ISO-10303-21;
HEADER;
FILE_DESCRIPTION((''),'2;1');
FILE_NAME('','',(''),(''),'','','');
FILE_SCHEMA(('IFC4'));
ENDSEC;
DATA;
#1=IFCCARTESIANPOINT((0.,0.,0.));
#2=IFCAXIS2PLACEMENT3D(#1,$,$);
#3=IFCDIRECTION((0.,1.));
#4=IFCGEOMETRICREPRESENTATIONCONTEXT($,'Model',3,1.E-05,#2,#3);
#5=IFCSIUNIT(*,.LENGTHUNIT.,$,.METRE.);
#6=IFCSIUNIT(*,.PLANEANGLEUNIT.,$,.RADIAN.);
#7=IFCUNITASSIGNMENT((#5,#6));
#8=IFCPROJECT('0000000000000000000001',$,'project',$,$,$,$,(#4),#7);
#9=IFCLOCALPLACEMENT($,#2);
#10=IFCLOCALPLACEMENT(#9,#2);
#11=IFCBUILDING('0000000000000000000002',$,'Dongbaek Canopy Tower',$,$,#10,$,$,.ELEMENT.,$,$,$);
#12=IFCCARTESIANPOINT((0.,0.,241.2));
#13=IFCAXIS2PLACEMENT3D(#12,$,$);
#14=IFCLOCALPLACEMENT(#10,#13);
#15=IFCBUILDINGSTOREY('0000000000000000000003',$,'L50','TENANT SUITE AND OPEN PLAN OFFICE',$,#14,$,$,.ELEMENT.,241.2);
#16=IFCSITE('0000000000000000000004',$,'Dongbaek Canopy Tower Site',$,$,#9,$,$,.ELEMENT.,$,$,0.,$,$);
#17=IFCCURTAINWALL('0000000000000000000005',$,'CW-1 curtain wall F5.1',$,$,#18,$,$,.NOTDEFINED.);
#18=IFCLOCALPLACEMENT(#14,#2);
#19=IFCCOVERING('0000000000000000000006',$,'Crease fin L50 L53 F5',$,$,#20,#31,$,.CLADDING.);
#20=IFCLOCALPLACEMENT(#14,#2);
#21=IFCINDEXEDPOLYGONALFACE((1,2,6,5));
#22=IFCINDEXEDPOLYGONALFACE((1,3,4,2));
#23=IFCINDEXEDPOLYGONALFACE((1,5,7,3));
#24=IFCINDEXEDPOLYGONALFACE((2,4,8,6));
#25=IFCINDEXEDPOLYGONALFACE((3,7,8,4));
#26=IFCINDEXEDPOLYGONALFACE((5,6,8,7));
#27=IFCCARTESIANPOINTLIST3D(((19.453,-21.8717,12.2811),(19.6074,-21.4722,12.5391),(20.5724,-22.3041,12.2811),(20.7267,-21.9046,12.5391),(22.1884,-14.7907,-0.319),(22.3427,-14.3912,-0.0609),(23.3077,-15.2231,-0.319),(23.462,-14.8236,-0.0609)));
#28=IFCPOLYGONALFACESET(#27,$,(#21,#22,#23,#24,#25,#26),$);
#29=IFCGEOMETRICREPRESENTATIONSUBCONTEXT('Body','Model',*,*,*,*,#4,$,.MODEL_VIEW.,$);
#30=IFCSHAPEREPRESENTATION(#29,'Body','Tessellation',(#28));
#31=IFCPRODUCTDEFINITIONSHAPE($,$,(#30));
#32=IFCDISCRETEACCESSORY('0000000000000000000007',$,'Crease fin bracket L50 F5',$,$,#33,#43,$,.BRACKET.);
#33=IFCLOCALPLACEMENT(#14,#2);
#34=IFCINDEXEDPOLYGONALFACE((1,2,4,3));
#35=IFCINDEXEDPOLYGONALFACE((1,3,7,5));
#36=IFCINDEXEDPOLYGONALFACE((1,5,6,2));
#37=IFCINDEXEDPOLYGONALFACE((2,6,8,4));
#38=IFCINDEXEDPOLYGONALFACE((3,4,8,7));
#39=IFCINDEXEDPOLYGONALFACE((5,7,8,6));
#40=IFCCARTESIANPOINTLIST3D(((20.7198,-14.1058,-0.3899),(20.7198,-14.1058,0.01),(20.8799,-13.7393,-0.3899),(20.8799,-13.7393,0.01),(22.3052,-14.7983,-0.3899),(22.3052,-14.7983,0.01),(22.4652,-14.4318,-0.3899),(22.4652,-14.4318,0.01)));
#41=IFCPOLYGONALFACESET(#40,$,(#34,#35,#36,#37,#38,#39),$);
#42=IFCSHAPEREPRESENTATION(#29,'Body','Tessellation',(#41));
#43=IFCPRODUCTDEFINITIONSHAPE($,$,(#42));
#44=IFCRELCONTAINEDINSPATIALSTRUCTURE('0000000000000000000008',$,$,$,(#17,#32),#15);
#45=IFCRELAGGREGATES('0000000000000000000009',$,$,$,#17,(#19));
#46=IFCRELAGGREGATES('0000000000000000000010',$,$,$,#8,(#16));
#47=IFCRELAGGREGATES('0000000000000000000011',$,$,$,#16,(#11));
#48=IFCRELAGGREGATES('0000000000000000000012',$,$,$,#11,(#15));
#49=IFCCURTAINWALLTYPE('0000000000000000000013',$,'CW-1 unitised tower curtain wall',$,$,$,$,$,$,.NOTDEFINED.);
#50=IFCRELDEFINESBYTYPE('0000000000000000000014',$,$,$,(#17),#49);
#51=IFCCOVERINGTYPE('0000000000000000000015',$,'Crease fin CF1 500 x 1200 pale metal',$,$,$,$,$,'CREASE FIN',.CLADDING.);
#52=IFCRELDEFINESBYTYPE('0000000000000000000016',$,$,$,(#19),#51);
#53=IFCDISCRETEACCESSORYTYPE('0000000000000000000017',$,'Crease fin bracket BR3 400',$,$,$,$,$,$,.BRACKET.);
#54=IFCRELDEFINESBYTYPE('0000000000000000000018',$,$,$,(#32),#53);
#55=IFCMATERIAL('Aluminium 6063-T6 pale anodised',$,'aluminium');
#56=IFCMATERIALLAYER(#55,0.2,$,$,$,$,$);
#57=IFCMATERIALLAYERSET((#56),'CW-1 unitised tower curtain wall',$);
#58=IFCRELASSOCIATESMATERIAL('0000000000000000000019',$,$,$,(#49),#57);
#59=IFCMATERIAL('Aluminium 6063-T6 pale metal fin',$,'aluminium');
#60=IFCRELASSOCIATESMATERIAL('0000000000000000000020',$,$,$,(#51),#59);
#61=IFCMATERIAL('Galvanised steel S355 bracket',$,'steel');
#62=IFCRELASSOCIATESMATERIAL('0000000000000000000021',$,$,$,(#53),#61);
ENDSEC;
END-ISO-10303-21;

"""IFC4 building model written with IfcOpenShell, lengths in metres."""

from ifc_helpers import new_model, si_unit, direction, frame, origin, origin_2d, place, context, subcontext, project, spatial, rectangle, extrude, material, layer, layer_set, material_profile, profile_set, type_object, element, aggregate, save


model = new_model("IFC4")

# Units and contexts
model_context = context("Model", 3, precision=1e-05, world=origin(), true_north=direction((0.0, 1.0)))
body_context = subcontext(model_context, "Body", "Model", "MODEL_VIEW")
ifc_project = project(units=[si_unit("LENGTHUNIT", "METRE"), si_unit("PLANEANGLEUNIT", "RADIAN")], contexts=[model_context])

# Site, building, storey
site_placement = place(None, origin())
site = spatial("IfcSite", under=ifc_project, at=site_placement, Name="Dongbaek Canopy Tower Site", CompositionType="ELEMENT", RefElevation=0.0)
building_placement = place(site_placement, origin())
building = spatial("IfcBuilding", under=site, at=building_placement, Name="Dongbaek Canopy Tower", CompositionType="ELEMENT")
storey_placement = place(building_placement, frame((0.0, 0.0, 241.2)))
storey = spatial("IfcBuildingStorey", under=building, at=storey_placement, Name="L50", Description="TENANT SUITE AND OPEN PLAN OFFICE", CompositionType="ELEMENT", Elevation=241.2)

# Curtain wall
ifc_material_1 = material(Name="Aluminium 6063-T6 pale anodised", Category="aluminium")
ifc_layer_1 = layer(ifc_material_1, 0.2)
ifc_layer_set_1 = layer_set([ifc_layer_1], Name="CW-1 unitised tower curtain wall")
curtain_wall_type = type_object("IfcCurtainWallType", Name="CW-1 unitised tower curtain wall", PredefinedType="NOTDEFINED", material=ifc_layer_set_1)
curtain_wall_placement = place(storey_placement, origin())
curtain_wall = element("IfcCurtainWall", 1, at=curtain_wall_placement, inside=storey, type_object=curtain_wall_type, Name="CW-1 curtain wall F5.1", PredefinedType="NOTDEFINED")

# Covering
ifc_material_2 = material(Name="Aluminium 6063-T6 pale metal fin", Category="aluminium")
ifc_material_profile_1 = material_profile(ifc_material_2, rectangle(XDim=1.2, YDim=0.5, at=origin_2d()), Name="Crease fin CF1 500 x 1200 pale metal")
ifc_profile_set_1 = profile_set([ifc_material_profile_1], Name="Aluminium 6063-T6 pale metal fin")
covering_type = type_object("IfcCoveringType", Name="Crease fin CF1 500 x 1200 pale metal", ElementType="CREASE FIN", PredefinedType="CLADDING", material=ifc_profile_set_1)
covering_placement = place(storey_placement, frame((22.8252, -14.8071, -0.1899), z_axis=(-0.185951, -0.481375, 0.856563), x_axis=(0.932821, -0.360341, 0.0)))
covering = element("IfcCovering", 2, at=covering_placement, type_object=covering_type, Name="Crease fin L50 L53 F5", PredefinedType="CLADDING", context=body_context, shape_type="SweptSolid", body=[
    extrude(rectangle(XDim=1.2, YDim=0.5, at=origin_2d()), origin(), (0.0, 0.0, 1.0), 14.71),
])
aggregate(curtain_wall, [covering])

# Discrete accessory
ifc_material_3 = material(Name="Galvanised steel S355 bracket", Category="steel")
discrete_accessory_type = type_object("IfcDiscreteAccessoryType", Name="Crease fin bracket BR3 400", PredefinedType="BRACKET", material=ifc_material_3)
discrete_accessory_placement = place(storey_placement, frame((21.5925, -14.2688, -0.3899), z_axis=(0.0, 0.0, 1.0), x_axis=(0.916386, -0.400295, 0.0)))
element("IfcDiscreteAccessory", 3, at=discrete_accessory_placement, inside=storey, type_object=discrete_accessory_type, Name="Crease fin bracket L50 F5", PredefinedType="BRACKET", context=body_context, shape_type="SweptSolid", body=[
    extrude(rectangle(XDim=1.73, YDim=0.3999, at=origin_2d()), origin(), (0.0, 0.0, 1.0), 0.3999),
])

save(model, "model.ifc")
